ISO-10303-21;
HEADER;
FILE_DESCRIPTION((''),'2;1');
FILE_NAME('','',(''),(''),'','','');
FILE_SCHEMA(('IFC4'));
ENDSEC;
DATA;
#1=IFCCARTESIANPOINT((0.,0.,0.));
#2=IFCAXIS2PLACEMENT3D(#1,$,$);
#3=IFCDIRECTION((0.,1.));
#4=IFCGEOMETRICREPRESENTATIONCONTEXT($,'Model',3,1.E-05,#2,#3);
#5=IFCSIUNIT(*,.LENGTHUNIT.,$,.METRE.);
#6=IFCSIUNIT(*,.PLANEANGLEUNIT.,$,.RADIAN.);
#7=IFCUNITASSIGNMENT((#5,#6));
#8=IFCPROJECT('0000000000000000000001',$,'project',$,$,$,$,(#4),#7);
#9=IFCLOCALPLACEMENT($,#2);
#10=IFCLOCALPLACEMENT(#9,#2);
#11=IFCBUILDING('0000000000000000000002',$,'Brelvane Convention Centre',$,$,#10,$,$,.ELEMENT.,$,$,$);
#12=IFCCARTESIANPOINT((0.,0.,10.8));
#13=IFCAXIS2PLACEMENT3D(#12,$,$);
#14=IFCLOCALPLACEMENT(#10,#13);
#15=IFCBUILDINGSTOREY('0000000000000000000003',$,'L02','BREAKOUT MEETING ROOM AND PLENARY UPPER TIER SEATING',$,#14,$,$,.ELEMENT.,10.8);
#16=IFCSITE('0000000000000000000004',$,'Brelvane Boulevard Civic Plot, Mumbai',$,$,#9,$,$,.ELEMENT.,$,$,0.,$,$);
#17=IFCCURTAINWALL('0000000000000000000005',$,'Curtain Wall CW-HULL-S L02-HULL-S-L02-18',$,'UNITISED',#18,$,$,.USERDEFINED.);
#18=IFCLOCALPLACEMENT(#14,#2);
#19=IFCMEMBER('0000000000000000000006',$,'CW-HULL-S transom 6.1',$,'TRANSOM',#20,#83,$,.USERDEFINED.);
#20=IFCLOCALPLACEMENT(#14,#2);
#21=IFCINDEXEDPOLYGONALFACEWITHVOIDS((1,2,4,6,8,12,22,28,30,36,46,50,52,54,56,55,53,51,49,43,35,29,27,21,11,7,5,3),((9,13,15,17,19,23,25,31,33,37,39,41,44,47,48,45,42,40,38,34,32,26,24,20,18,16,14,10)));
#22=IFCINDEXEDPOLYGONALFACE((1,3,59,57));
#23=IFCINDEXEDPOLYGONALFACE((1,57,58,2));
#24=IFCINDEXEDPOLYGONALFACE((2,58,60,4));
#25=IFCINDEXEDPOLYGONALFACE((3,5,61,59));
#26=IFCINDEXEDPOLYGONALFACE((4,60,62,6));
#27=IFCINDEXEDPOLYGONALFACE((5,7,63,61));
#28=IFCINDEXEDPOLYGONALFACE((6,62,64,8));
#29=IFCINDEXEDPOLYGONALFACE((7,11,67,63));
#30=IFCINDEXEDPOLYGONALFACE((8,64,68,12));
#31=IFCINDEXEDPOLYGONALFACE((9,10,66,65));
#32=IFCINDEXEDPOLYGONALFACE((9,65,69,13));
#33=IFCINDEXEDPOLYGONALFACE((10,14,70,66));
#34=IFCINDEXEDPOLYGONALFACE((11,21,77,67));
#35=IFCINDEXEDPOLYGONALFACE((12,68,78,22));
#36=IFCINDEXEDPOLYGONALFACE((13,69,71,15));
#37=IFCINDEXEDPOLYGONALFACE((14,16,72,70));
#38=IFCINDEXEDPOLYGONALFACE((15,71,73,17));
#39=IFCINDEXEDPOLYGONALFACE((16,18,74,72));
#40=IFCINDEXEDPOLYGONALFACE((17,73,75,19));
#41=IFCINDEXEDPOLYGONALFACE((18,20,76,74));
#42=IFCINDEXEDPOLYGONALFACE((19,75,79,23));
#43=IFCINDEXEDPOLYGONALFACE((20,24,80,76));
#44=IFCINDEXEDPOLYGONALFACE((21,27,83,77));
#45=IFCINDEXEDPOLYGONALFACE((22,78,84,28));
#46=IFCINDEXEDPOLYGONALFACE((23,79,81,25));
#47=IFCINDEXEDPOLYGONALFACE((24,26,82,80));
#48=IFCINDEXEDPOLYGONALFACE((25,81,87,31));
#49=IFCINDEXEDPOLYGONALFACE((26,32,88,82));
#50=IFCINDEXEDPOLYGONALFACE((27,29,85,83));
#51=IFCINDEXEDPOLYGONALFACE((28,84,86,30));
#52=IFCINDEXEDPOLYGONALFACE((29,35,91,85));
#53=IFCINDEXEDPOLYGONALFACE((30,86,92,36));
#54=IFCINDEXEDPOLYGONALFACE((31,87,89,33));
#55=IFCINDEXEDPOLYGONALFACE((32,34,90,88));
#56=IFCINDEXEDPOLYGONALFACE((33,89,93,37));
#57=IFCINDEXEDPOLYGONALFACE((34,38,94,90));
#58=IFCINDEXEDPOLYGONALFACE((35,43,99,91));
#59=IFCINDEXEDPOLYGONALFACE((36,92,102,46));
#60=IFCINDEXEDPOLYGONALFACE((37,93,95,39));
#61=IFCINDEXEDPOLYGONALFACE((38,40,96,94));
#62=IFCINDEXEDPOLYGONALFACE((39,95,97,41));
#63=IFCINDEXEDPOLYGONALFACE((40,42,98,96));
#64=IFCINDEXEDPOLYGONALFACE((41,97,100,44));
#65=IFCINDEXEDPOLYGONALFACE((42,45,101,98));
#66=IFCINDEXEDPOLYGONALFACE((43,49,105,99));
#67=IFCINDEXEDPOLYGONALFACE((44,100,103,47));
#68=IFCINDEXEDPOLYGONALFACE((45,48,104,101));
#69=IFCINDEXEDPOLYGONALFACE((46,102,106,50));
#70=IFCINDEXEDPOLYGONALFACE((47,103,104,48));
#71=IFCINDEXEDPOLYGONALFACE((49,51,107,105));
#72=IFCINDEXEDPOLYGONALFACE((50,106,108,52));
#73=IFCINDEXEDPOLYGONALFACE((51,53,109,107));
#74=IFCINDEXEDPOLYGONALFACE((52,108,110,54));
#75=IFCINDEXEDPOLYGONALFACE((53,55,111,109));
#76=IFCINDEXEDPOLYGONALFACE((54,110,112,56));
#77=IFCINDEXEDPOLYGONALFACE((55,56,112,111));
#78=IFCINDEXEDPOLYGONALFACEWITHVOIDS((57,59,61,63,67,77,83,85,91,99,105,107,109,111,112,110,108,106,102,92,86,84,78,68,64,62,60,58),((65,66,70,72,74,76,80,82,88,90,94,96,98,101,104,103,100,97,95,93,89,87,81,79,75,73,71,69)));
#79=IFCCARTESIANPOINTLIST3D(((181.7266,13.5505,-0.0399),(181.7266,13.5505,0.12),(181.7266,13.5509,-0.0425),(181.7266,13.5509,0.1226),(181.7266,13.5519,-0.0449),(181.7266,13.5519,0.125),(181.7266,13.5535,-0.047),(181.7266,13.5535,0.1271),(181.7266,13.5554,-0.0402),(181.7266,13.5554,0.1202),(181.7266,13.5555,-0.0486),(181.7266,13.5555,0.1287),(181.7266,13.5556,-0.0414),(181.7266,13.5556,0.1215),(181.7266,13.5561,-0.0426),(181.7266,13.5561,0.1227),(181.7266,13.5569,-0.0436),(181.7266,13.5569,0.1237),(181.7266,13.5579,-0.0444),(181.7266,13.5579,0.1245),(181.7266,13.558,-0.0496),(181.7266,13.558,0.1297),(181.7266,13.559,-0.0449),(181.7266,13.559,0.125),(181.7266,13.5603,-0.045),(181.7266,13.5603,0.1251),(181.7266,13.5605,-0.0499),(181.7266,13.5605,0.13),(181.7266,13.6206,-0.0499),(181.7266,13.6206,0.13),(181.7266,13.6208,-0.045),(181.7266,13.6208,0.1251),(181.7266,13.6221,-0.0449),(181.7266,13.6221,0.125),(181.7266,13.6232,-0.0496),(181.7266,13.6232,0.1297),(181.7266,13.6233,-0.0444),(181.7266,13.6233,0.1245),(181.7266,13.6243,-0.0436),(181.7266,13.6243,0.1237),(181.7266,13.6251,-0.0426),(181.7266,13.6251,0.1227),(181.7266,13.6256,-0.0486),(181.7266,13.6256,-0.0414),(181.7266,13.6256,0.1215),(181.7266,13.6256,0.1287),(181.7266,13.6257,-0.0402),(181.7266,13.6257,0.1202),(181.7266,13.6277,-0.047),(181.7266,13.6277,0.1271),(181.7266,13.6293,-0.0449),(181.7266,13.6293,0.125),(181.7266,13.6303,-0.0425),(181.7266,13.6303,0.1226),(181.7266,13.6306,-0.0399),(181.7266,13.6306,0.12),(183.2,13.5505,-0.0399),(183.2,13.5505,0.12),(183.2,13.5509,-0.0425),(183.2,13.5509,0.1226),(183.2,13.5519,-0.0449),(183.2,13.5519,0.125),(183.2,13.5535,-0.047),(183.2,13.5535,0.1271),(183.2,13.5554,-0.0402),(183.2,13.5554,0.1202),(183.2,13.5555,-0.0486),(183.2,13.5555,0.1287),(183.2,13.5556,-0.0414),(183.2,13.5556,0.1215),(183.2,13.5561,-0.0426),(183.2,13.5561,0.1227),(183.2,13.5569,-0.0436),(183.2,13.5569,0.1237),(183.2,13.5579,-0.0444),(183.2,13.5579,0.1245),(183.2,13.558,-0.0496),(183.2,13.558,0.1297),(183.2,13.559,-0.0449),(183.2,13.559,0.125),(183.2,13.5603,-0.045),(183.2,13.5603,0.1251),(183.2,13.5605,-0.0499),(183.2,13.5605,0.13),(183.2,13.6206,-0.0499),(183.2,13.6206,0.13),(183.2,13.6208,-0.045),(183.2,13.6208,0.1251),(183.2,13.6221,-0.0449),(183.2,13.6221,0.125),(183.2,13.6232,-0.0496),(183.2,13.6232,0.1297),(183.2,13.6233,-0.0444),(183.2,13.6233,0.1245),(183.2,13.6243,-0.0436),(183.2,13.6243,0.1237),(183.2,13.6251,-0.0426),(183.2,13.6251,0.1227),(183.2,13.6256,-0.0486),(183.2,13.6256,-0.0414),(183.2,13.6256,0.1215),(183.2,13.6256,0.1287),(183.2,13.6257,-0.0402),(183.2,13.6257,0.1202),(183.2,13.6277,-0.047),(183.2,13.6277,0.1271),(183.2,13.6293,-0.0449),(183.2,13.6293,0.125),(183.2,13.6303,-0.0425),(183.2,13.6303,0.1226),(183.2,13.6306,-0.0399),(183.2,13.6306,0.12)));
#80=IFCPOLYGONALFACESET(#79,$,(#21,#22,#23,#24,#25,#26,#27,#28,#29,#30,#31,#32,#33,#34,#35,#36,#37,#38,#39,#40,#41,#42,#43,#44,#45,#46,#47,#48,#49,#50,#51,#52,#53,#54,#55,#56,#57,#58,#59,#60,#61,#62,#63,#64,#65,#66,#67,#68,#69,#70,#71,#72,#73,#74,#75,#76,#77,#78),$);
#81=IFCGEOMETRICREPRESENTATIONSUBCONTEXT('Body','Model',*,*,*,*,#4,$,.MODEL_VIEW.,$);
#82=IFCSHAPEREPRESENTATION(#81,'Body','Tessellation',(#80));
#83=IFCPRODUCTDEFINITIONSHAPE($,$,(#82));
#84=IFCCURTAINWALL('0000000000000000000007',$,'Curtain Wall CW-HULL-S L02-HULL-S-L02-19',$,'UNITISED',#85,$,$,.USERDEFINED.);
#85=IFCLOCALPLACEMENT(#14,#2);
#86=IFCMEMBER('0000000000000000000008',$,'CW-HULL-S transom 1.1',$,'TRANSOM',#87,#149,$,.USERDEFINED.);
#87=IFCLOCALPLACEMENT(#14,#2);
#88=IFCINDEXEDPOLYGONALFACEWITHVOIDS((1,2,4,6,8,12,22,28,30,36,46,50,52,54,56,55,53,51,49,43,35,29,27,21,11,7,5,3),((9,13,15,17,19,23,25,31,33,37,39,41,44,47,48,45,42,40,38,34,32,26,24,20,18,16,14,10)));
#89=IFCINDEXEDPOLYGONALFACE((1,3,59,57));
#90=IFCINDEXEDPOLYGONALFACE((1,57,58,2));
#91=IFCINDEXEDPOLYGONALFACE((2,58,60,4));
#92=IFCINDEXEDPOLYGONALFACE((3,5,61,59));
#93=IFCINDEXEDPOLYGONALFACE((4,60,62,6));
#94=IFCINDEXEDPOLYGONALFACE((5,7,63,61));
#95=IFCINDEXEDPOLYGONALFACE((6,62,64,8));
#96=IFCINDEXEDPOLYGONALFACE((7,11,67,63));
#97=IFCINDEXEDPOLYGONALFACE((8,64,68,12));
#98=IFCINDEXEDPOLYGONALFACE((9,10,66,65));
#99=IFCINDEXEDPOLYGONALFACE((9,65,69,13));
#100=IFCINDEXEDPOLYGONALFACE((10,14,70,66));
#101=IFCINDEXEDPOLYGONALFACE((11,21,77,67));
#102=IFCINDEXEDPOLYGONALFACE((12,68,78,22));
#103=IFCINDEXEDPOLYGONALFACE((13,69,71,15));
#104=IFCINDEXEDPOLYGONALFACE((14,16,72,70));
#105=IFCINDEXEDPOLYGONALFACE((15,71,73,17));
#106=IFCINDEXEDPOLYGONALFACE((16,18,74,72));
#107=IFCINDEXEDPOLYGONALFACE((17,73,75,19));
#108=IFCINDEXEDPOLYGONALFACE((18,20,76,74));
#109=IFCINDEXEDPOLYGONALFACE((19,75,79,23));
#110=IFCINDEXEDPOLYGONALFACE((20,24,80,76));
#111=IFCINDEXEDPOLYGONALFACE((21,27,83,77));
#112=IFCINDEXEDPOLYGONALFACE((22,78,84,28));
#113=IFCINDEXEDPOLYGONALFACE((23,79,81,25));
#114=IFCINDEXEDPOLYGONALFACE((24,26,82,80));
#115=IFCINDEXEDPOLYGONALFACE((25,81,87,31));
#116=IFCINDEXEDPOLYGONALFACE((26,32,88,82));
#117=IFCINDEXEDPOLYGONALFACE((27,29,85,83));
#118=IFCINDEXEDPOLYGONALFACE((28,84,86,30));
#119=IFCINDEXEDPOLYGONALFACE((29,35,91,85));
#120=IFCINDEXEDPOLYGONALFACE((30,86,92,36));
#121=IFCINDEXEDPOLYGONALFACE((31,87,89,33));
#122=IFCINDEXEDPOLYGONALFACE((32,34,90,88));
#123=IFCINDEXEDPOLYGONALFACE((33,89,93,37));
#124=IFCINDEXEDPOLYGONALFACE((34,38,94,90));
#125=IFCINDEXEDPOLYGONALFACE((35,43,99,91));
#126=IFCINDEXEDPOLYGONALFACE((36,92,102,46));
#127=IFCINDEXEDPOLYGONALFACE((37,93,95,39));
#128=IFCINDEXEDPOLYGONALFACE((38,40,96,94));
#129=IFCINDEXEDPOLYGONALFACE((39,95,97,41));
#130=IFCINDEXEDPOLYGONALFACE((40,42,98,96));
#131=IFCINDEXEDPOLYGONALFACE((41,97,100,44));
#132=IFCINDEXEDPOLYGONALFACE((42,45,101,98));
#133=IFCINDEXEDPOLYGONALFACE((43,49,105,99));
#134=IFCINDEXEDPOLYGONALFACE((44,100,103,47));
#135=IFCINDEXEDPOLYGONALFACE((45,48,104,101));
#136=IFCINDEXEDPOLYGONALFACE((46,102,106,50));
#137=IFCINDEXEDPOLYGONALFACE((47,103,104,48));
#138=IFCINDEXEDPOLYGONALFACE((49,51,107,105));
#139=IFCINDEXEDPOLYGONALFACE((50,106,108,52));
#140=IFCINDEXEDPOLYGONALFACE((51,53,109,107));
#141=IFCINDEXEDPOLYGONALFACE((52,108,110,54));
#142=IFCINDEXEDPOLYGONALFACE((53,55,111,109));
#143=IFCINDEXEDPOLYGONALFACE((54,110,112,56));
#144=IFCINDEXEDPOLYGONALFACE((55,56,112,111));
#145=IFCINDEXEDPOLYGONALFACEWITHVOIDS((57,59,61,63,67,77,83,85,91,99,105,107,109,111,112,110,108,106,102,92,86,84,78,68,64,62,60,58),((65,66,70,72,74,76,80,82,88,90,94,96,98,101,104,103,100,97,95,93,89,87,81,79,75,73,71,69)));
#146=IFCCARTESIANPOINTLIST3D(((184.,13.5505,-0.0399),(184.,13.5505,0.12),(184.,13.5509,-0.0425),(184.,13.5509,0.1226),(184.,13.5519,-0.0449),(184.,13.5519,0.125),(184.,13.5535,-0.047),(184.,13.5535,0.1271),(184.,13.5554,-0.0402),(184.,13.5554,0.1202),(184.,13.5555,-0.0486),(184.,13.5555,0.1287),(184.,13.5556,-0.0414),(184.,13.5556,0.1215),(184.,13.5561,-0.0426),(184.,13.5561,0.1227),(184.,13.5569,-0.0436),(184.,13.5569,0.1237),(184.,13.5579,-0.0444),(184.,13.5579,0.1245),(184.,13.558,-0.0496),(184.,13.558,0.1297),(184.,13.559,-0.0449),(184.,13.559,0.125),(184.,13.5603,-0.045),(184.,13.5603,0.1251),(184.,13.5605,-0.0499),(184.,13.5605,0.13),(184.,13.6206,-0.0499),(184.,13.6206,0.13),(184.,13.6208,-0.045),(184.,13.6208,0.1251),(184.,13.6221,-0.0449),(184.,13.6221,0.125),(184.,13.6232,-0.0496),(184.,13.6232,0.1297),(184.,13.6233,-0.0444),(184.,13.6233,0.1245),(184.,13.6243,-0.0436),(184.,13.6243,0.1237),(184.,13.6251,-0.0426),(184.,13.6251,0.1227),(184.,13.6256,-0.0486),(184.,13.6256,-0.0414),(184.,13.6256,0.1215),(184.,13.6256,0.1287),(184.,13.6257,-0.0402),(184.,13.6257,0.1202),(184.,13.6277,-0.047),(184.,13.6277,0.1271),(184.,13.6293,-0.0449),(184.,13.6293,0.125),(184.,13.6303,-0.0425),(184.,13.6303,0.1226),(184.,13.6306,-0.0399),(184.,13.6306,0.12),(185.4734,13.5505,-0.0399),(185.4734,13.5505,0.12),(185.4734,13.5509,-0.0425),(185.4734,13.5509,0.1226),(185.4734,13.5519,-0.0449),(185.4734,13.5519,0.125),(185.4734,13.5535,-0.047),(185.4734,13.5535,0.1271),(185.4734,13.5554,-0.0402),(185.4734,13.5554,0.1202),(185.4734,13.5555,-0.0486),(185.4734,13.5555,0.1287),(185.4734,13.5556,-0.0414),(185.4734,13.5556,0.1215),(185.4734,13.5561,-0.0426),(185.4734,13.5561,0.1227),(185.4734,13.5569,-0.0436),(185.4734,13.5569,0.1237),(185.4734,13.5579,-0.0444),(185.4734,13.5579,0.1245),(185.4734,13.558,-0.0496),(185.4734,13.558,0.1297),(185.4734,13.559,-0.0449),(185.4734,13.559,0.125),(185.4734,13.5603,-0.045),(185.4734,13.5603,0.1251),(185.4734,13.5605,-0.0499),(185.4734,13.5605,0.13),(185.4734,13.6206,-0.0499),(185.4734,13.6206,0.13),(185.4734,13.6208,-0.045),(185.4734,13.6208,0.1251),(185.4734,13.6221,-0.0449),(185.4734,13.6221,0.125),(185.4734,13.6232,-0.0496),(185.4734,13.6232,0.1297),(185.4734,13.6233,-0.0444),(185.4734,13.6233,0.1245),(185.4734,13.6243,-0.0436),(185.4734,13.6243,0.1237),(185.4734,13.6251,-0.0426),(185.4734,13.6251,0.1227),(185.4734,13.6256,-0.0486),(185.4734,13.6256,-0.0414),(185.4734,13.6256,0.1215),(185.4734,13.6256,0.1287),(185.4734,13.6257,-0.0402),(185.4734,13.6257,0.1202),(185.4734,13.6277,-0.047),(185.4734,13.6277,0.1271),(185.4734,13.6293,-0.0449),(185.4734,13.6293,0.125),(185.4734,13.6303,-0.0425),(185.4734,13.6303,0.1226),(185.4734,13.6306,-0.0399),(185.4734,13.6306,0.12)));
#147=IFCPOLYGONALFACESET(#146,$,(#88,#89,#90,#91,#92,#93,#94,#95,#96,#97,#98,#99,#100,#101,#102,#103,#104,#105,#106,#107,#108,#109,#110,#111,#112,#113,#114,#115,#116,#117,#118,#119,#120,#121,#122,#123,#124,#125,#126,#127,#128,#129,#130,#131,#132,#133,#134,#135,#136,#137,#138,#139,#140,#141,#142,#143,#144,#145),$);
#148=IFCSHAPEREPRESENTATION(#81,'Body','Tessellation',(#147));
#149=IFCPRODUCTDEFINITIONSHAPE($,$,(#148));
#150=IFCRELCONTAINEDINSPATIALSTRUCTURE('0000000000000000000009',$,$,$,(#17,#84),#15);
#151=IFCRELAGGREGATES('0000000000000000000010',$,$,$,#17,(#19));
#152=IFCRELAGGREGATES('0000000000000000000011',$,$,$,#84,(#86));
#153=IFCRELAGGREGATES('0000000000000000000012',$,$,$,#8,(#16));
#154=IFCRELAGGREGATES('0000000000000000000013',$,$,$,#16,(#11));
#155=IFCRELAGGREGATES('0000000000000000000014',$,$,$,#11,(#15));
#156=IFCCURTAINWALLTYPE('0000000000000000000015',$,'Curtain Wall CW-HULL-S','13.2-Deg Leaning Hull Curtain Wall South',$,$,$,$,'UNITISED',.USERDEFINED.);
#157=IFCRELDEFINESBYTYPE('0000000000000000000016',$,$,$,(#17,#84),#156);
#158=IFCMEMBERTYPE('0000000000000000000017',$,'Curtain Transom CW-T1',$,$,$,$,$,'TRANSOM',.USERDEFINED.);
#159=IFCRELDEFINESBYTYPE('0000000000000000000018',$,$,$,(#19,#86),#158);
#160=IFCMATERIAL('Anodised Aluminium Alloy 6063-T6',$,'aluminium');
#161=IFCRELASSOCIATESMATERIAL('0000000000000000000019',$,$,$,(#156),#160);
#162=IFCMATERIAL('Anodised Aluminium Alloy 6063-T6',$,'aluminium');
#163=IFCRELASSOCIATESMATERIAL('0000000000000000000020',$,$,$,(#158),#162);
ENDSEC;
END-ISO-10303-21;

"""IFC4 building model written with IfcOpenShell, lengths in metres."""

from ifc_helpers import new_model, si_unit, direction, frame, origin, origin_2d, place, context, subcontext, project, spatial, hollow_rectangle, extrude, material, material_profile, profile_set, type_object, element, aggregate, save


model = new_model("IFC4")

# Units and contexts
model_context = context("Model", 3, precision=1e-05, world=origin(), true_north=direction((0.0, 1.0)))
body_context = subcontext(model_context, "Body", "Model", "MODEL_VIEW")
ifc_project = project(units=[si_unit("LENGTHUNIT", "METRE"), si_unit("PLANEANGLEUNIT", "RADIAN")], contexts=[model_context])

# Site, building, storey
site_placement = place(None, origin())
site = spatial("IfcSite", under=ifc_project, at=site_placement, Name="Brelvane Boulevard Civic Plot, Mumbai", CompositionType="ELEMENT", RefElevation=0.0)
building_placement = place(site_placement, origin())
building = spatial("IfcBuilding", under=site, at=building_placement, Name="Brelvane Convention Centre", CompositionType="ELEMENT")
storey_placement = place(building_placement, frame((0.0, 0.0, 10.8)))
storey = spatial("IfcBuildingStorey", under=building, at=storey_placement, Name="L02", Description="BREAKOUT MEETING ROOM AND PLENARY UPPER TIER SEATING", CompositionType="ELEMENT", Elevation=10.8)

# Curtain wall
ifc_material_1 = material(Name="Anodised Aluminium Alloy 6063-T6", Category="aluminium")
curtain_wall_type = type_object("IfcCurtainWallType", Name="Curtain Wall CW-HULL-S", Description="13.2-Deg Leaning Hull Curtain Wall South", ElementType="UNITISED", PredefinedType="USERDEFINED", material=ifc_material_1)
curtain_wall_1_placement = place(storey_placement, origin())
curtain_wall_1 = element("IfcCurtainWall", 1, at=curtain_wall_1_placement, inside=storey, type_object=curtain_wall_type, Name="Curtain Wall CW-HULL-S L02-HULL-S-L02-18", ObjectType="UNITISED", PredefinedType="USERDEFINED")

# Member
ifc_material_2 = material(Name="Anodised Aluminium Alloy 6063-T6", Category="aluminium")
ifc_material_profile_1 = material_profile(ifc_material_2, hollow_rectangle(XDim=0.0801, YDim=0.1799, WallThickness=0.0049, InnerFilletRadius=0.0049, OuterFilletRadius=0.01, at=origin_2d()), Name="ALU-T 180x80x5.0")
ifc_profile_set_1 = profile_set([ifc_material_profile_1], Name="Anodised Aluminium Alloy 6063-T6")
member_type_1 = type_object("IfcMemberType", Name="Curtain Transom CW-T1", ElementType="TRANSOM", PredefinedType="USERDEFINED", material=ifc_profile_set_1)
member_1_placement = place(storey_placement, frame((181.7266, 13.5906, 0.04), z_axis=(1.0, 0.0, 0.0), x_axis=(0.0, 1.0, 0.0)))
member_1 = element("IfcMember", 2, at=member_1_placement, type_object=member_type_1, Name="CW-HULL-S transom 6.1", ObjectType="TRANSOM", PredefinedType="USERDEFINED", context=body_context, shape_type="SweptSolid", body=[
    extrude(hollow_rectangle(XDim=0.0801, YDim=0.1799, WallThickness=0.0049, InnerFilletRadius=0.0049, OuterFilletRadius=0.01, at=origin_2d()), origin(), (0.0, 0.0, 1.0), 1.4734),
])

# Curtain wall, member
curtain_wall_2_placement = place(storey_placement, origin())
curtain_wall_2 = element("IfcCurtainWall", 3, at=curtain_wall_2_placement, inside=storey, type_object=curtain_wall_type, Name="Curtain Wall CW-HULL-S L02-HULL-S-L02-19", ObjectType="UNITISED", PredefinedType="USERDEFINED")
member_2_placement = place(storey_placement, frame((184.0, 13.5906, 0.04), z_axis=(1.0, 0.0, 0.0), x_axis=(0.0, 1.0, 0.0)))
member_2 = element("IfcMember", 4, at=member_2_placement, type_object=member_type_1, Name="CW-HULL-S transom 1.1", ObjectType="TRANSOM", PredefinedType="USERDEFINED", context=body_context, shape_type="SweptSolid", body=[
    extrude(hollow_rectangle(XDim=0.0801, YDim=0.1799, WallThickness=0.0049, InnerFilletRadius=0.0049, OuterFilletRadius=0.01, at=origin_2d()), origin(), (0.0, 0.0, 1.0), 1.4734),
])

aggregate(curtain_wall_1, [member_1])
aggregate(curtain_wall_2, [member_2])

save(model, "model.ifc")
